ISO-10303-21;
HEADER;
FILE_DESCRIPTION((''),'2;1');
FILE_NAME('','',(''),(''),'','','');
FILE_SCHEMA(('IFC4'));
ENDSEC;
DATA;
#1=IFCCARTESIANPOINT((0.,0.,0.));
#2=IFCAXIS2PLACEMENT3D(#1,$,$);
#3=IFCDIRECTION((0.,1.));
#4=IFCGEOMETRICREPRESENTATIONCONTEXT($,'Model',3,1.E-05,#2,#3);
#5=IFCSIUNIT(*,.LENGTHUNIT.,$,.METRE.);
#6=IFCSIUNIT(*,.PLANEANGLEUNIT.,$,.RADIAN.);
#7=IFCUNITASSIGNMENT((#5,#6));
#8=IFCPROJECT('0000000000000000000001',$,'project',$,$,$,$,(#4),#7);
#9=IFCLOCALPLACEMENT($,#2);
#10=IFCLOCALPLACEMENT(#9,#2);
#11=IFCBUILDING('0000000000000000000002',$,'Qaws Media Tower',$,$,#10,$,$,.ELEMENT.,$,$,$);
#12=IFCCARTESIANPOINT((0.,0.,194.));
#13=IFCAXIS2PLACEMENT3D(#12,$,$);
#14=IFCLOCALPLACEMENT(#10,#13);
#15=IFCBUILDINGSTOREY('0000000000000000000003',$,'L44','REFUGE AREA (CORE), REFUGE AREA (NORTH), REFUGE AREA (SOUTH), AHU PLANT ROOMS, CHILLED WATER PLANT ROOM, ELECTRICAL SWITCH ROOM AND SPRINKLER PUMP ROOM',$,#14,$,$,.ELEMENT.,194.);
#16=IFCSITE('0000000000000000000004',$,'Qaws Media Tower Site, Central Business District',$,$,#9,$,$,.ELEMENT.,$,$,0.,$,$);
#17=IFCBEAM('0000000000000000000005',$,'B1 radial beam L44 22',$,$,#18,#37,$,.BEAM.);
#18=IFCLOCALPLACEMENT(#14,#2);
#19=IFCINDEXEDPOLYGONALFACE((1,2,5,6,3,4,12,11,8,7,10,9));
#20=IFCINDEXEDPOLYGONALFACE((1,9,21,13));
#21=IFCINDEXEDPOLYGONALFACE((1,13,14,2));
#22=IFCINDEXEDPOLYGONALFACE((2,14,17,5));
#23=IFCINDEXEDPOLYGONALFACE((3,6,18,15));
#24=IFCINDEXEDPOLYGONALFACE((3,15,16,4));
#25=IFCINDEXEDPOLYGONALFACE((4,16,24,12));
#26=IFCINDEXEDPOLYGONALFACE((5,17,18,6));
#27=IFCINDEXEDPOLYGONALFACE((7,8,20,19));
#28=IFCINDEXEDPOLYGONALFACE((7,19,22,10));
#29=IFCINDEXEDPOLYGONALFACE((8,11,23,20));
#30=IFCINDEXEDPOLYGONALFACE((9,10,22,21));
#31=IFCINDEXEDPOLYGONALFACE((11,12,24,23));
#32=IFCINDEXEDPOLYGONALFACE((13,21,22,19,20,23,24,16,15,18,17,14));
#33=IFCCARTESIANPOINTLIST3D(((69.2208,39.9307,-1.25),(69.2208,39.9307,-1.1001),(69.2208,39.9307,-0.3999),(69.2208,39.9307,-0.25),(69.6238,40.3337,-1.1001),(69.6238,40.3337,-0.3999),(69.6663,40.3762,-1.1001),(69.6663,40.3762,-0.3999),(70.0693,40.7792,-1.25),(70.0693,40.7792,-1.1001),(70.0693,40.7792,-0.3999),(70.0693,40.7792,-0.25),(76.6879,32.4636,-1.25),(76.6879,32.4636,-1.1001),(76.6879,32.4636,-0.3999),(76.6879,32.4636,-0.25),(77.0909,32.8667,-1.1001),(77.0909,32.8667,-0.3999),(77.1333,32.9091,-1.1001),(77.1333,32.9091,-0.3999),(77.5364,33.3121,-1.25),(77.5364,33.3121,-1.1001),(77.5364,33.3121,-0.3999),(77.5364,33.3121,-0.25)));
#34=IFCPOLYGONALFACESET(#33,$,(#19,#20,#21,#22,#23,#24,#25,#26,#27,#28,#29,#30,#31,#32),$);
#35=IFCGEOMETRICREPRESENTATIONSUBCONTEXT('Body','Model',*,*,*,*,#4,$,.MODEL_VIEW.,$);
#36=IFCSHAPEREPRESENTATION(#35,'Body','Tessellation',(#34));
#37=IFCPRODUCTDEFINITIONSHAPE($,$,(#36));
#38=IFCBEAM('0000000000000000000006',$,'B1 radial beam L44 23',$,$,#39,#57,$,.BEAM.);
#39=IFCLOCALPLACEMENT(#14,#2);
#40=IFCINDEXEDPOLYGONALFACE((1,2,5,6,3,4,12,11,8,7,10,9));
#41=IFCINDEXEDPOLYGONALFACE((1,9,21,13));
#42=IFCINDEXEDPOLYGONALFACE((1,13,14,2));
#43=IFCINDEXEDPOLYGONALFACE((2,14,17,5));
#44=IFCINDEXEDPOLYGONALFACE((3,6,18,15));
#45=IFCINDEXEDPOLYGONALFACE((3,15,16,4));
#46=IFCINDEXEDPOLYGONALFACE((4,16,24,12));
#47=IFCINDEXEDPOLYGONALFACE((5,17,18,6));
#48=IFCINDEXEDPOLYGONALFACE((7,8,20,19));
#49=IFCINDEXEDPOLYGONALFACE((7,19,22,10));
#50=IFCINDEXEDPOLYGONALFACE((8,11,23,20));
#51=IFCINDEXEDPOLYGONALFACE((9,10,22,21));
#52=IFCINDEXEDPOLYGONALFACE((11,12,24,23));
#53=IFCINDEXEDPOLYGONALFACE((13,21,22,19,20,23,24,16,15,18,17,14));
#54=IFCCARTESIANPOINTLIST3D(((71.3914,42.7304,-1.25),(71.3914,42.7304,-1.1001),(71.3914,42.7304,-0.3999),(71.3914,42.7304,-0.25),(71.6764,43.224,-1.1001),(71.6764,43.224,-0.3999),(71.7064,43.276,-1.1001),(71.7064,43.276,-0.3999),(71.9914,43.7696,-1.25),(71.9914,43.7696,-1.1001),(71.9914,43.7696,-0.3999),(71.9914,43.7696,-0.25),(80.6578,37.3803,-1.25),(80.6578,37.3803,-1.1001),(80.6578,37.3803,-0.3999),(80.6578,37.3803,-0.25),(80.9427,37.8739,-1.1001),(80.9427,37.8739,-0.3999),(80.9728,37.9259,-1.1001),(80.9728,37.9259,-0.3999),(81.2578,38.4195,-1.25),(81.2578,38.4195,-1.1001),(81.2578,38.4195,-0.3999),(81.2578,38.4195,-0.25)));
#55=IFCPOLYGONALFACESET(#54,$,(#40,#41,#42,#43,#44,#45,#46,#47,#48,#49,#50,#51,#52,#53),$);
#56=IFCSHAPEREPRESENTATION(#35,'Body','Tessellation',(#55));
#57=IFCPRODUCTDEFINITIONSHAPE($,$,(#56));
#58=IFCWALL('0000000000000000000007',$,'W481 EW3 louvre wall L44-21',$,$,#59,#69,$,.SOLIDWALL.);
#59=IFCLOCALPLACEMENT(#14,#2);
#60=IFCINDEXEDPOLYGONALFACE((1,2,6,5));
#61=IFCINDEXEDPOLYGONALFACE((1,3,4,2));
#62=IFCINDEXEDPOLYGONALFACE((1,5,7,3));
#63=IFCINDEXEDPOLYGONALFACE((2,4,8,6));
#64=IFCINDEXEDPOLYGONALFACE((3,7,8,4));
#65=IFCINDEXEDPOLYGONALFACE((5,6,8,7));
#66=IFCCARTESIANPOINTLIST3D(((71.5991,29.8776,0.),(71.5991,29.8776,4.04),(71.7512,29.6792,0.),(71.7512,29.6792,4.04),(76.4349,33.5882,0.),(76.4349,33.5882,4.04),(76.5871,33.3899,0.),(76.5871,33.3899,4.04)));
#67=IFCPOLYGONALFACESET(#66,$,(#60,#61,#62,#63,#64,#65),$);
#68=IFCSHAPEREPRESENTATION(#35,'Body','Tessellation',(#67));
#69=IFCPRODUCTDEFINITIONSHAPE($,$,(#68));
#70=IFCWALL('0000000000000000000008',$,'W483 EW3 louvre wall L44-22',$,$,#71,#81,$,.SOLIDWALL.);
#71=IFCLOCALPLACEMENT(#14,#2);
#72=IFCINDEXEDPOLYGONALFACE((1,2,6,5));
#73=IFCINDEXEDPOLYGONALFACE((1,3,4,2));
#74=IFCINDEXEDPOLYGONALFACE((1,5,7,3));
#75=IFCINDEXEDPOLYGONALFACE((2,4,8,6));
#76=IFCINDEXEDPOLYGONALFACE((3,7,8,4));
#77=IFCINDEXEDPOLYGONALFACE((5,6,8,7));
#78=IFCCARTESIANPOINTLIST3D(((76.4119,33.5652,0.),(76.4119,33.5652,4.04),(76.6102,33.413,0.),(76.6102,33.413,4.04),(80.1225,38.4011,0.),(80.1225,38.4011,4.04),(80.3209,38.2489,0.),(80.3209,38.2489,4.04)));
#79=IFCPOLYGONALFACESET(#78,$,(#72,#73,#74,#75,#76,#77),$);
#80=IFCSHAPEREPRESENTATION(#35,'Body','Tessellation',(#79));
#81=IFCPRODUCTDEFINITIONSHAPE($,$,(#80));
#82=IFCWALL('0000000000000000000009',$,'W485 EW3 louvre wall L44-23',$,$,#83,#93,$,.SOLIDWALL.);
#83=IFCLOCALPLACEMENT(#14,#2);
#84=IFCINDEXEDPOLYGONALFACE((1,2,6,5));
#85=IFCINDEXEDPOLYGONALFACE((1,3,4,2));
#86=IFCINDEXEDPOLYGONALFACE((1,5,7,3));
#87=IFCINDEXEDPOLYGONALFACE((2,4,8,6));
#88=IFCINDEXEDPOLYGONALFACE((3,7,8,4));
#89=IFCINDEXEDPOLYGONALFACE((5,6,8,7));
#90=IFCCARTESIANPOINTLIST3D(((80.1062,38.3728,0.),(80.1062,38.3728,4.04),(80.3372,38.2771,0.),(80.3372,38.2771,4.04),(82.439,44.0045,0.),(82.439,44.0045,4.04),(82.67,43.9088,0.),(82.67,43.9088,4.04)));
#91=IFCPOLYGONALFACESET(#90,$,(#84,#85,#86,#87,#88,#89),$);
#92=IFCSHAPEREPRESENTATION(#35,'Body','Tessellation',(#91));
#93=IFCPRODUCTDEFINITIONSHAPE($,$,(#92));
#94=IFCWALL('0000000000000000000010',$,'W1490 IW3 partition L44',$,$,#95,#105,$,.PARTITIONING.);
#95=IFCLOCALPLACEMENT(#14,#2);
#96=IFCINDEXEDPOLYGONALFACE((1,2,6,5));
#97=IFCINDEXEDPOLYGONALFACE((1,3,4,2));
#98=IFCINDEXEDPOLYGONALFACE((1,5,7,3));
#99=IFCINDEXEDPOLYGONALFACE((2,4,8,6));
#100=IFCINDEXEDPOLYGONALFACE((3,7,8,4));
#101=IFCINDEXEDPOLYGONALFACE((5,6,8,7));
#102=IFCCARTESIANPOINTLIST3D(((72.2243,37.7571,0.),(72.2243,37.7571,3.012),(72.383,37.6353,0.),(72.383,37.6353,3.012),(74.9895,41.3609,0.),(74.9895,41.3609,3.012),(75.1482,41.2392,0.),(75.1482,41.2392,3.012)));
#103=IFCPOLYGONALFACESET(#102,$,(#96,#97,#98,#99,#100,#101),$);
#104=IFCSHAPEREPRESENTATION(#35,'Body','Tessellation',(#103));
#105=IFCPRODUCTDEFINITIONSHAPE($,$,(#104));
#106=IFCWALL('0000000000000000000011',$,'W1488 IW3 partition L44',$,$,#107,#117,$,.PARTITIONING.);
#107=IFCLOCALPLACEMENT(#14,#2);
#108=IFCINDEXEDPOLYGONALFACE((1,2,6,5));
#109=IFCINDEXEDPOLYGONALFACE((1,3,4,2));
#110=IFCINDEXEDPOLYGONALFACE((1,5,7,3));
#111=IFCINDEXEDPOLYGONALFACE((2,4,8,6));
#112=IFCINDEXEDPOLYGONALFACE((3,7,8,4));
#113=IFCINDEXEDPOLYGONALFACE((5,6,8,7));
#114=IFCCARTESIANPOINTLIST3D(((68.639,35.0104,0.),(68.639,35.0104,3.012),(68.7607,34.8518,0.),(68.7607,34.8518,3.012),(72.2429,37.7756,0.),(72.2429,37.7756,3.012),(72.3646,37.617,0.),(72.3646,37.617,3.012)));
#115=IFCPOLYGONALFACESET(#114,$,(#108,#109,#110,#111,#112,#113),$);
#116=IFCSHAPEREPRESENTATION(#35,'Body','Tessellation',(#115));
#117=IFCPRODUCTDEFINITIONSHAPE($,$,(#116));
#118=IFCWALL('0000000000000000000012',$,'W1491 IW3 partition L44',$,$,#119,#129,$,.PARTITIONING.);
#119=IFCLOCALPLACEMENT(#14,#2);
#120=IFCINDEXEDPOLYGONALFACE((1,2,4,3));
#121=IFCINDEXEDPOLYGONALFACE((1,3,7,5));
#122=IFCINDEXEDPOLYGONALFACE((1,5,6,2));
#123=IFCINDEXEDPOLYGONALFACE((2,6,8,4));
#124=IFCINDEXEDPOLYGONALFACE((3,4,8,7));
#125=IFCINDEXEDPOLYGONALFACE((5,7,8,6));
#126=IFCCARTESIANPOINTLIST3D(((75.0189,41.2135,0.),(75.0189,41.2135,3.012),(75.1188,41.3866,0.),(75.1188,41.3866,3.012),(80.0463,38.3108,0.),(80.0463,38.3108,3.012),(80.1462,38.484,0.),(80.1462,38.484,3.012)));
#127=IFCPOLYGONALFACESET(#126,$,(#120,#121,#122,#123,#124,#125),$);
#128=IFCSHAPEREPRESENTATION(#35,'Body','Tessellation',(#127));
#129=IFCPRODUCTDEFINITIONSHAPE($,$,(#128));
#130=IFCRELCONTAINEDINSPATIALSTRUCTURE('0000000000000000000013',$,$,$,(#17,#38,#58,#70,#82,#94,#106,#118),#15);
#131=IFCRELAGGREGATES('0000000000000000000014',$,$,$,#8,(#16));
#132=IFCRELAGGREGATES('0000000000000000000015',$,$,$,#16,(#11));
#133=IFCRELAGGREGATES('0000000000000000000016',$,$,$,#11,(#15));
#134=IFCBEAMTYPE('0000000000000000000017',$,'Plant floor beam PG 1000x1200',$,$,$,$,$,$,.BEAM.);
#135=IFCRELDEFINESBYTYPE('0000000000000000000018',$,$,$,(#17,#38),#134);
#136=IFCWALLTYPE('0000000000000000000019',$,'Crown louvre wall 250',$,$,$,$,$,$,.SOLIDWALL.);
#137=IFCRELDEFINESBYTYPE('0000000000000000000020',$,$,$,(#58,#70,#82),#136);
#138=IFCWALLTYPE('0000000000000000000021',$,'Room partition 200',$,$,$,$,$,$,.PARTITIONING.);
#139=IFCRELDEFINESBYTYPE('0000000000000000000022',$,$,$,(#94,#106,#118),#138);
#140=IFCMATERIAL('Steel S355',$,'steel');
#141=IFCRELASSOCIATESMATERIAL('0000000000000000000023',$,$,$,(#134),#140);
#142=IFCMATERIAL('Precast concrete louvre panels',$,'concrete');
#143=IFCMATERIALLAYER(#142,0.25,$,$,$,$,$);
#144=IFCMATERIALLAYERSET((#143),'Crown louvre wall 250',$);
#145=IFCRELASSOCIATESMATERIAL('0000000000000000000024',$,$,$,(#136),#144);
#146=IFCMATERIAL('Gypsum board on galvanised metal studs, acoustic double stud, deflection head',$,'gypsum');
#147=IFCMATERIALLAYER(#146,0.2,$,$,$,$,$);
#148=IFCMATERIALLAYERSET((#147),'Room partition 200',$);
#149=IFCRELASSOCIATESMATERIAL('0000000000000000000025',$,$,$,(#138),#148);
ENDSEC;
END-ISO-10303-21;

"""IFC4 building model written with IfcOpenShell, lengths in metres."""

from ifc_helpers import new_model, si_unit, direction, frame, frame_2d, origin, origin_2d, place, context, subcontext, project, spatial, rectangle, i_section, extrude, material, layer, layer_set, material_profile, profile_set, type_object, element, save


model = new_model("IFC4")

# Units and contexts
model_context = context("Model", 3, precision=1e-05, world=origin(), true_north=direction((0.0, 1.0)))
body_context = subcontext(model_context, "Body", "Model", "MODEL_VIEW")
ifc_project = project(units=[si_unit("LENGTHUNIT", "METRE"), si_unit("PLANEANGLEUNIT", "RADIAN")], contexts=[model_context])

# Site, building, storey
site_placement = place(None, origin())
site = spatial("IfcSite", under=ifc_project, at=site_placement, Name="Qaws Media Tower Site, Central Business District", CompositionType="ELEMENT", RefElevation=0.0)
building_placement = place(site_placement, origin())
building = spatial("IfcBuilding", under=site, at=building_placement, Name="Qaws Media Tower", CompositionType="ELEMENT")
storey_placement = place(building_placement, frame((0.0, 0.0, 194.0)))
storey = spatial("IfcBuildingStorey", under=building, at=storey_placement, Name="L44", Description="REFUGE AREA (CORE), REFUGE AREA (NORTH), REFUGE AREA (SOUTH), AHU PLANT ROOMS, CHILLED WATER PLANT ROOM, ELECTRICAL SWITCH ROOM AND SPRINKLER PUMP ROOM", CompositionType="ELEMENT", Elevation=194.0)

# Beams
ifc_material_1 = material(Name="Steel S355", Category="steel")
ifc_material_profile_1 = material_profile(ifc_material_1, i_section(OverallWidth=1.2, OverallDepth=1.0, WebThickness=0.0601, FlangeThickness=0.1499, at=origin_2d()), Name="PG 1000x1200")
ifc_profile_set_1 = profile_set([ifc_material_profile_1], Name="Steel S355")
beam_type_1 = type_object("IfcBeamType", Name="Plant floor beam PG 1000x1200", PredefinedType="BEAM", material=ifc_profile_set_1)
beam_1_placement = place(storey_placement, frame((69.645, 40.355, -0.75), z_axis=(0.707107, -0.707107, 0.0), x_axis=(0.707107, 0.707107, 0.0)))
element("IfcBeam", 1, at=beam_1_placement, inside=storey, type_object=beam_type_1, Name="B1 radial beam L44 22", PredefinedType="BEAM", context=body_context, shape_type="SweptSolid", body=[
    extrude(i_section(OverallWidth=1.2, OverallDepth=1.0, WebThickness=0.0601, FlangeThickness=0.1499, at=origin_2d()), origin(), (0.0, 0.0, 1.0), 10.5601),
])
beam_2_placement = place(storey_placement, frame((71.6914, 43.25, -0.75), z_axis=(0.866019, -0.500011, 0.0), x_axis=(0.500011, 0.866019, 0.0)))
element("IfcBeam", 2, at=beam_2_placement, inside=storey, type_object=beam_type_1, Name="B1 radial beam L44 23", PredefinedType="BEAM", context=body_context, shape_type="SweptSolid", body=[
    extrude(i_section(OverallWidth=1.2, OverallDepth=1.0, WebThickness=0.0601, FlangeThickness=0.1499, at=origin_2d()), origin(), (0.0, 0.0, 1.0), 10.7),
])

# Walls
ifc_material_2 = material(Name="Precast concrete louvre panels", Category="concrete")
ifc_layer_1 = layer(ifc_material_2, 0.25)
ifc_layer_set_1 = layer_set([ifc_layer_1], Name="Crown louvre wall 250")
wall_type_1 = type_object("IfcWallType", Name="Crown louvre wall 250", PredefinedType="SOLIDWALL", material=ifc_layer_set_1)
for number, where, z_axis, x_axis, name in (
    (3, (71.675, 29.7783, 0.0), (0.0, 0.0, 1.0), (0.793357, 0.608756, 0.0), "W481 EW3 louvre wall L44-21"),
    (4, (76.511, 33.489, 0.0), (0.0, 0.0, 1.0), (0.608756, 0.793357, 0.0), "W483 EW3 louvre wall L44-22"),
):
    element("IfcWall", number, at=place(storey_placement, frame(where, z_axis=z_axis, x_axis=x_axis)), inside=storey, type_object=wall_type_1, Name=name, PredefinedType="SOLIDWALL", context=body_context, shape_type="SweptSolid", body=[
        extrude(rectangle(XDim=6.0955, YDim=0.25, at=frame_2d((3.0479, 0.0))), origin(), (0.0, 0.0, 1.0), 4.04),
    ])
wall_1_placement = place(storey_placement, frame((80.2217, 38.325, 0.0), z_axis=(0.0, 0.0, 1.0), x_axis=(0.382695, 0.923875, 0.0)))
element("IfcWall", 5, at=wall_1_placement, inside=storey, type_object=wall_type_1, Name="W485 EW3 louvre wall L44-23", PredefinedType="SOLIDWALL", context=body_context, shape_type="SweptSolid", body=[
    extrude(rectangle(XDim=6.0957, YDim=0.25, at=frame_2d((3.0479, 0.0))), origin(), (0.0, 0.0, 1.0), 4.04),
])
ifc_material_3 = material(Name="Gypsum board on galvanised metal studs, acoustic double stud, deflection head", Category="gypsum")
ifc_layer_2 = layer(ifc_material_3, 0.2)
ifc_layer_set_2 = layer_set([ifc_layer_2], Name="Room partition 200")
wall_type_2 = type_object("IfcWallType", Name="Room partition 200", PredefinedType="PARTITIONING", material=ifc_layer_set_2)
for number, where, z_axis, x_axis, name in (
    (6, (75.0688, 41.3, 0.0), (0.0, 0.0, 1.0), (-0.608744, -0.793367, 0.0), "W1490 IW3 partition L44"),
    (7, (72.3037, 37.6963, 0.0), (0.0, 0.0, 1.0), (-0.793367, -0.608744, 0.0), "W1488 IW3 partition L44"),
):
    element("IfcWall", number, at=place(storey_placement, frame(where, z_axis=z_axis, x_axis=x_axis)), inside=storey, type_object=wall_type_2, Name=name, PredefinedType="PARTITIONING", context=body_context, shape_type="SweptSolid", body=[
        extrude(rectangle(XDim=4.5425, YDim=0.2, at=frame_2d((2.2712, 0.0))), origin(), (0.0, 0.0, 1.0), 3.012),
    ])
wall_2_placement = place(storey_placement, frame((75.0688, 41.3, 0.0), z_axis=(0.0, 0.0, 1.0), x_axis=(0.866022, -0.500006, 0.0)))
element("IfcWall", 8, at=wall_2_placement, inside=storey, type_object=wall_type_2, Name="W1491 IW3 partition L44", PredefinedType="PARTITIONING", context=body_context, shape_type="SweptSolid", body=[
    extrude(rectangle(XDim=5.8052, YDim=0.2, at=frame_2d((2.9026, 0.0))), origin(), (0.0, 0.0, 1.0), 3.012),
])

save(model, "model.ifc")
